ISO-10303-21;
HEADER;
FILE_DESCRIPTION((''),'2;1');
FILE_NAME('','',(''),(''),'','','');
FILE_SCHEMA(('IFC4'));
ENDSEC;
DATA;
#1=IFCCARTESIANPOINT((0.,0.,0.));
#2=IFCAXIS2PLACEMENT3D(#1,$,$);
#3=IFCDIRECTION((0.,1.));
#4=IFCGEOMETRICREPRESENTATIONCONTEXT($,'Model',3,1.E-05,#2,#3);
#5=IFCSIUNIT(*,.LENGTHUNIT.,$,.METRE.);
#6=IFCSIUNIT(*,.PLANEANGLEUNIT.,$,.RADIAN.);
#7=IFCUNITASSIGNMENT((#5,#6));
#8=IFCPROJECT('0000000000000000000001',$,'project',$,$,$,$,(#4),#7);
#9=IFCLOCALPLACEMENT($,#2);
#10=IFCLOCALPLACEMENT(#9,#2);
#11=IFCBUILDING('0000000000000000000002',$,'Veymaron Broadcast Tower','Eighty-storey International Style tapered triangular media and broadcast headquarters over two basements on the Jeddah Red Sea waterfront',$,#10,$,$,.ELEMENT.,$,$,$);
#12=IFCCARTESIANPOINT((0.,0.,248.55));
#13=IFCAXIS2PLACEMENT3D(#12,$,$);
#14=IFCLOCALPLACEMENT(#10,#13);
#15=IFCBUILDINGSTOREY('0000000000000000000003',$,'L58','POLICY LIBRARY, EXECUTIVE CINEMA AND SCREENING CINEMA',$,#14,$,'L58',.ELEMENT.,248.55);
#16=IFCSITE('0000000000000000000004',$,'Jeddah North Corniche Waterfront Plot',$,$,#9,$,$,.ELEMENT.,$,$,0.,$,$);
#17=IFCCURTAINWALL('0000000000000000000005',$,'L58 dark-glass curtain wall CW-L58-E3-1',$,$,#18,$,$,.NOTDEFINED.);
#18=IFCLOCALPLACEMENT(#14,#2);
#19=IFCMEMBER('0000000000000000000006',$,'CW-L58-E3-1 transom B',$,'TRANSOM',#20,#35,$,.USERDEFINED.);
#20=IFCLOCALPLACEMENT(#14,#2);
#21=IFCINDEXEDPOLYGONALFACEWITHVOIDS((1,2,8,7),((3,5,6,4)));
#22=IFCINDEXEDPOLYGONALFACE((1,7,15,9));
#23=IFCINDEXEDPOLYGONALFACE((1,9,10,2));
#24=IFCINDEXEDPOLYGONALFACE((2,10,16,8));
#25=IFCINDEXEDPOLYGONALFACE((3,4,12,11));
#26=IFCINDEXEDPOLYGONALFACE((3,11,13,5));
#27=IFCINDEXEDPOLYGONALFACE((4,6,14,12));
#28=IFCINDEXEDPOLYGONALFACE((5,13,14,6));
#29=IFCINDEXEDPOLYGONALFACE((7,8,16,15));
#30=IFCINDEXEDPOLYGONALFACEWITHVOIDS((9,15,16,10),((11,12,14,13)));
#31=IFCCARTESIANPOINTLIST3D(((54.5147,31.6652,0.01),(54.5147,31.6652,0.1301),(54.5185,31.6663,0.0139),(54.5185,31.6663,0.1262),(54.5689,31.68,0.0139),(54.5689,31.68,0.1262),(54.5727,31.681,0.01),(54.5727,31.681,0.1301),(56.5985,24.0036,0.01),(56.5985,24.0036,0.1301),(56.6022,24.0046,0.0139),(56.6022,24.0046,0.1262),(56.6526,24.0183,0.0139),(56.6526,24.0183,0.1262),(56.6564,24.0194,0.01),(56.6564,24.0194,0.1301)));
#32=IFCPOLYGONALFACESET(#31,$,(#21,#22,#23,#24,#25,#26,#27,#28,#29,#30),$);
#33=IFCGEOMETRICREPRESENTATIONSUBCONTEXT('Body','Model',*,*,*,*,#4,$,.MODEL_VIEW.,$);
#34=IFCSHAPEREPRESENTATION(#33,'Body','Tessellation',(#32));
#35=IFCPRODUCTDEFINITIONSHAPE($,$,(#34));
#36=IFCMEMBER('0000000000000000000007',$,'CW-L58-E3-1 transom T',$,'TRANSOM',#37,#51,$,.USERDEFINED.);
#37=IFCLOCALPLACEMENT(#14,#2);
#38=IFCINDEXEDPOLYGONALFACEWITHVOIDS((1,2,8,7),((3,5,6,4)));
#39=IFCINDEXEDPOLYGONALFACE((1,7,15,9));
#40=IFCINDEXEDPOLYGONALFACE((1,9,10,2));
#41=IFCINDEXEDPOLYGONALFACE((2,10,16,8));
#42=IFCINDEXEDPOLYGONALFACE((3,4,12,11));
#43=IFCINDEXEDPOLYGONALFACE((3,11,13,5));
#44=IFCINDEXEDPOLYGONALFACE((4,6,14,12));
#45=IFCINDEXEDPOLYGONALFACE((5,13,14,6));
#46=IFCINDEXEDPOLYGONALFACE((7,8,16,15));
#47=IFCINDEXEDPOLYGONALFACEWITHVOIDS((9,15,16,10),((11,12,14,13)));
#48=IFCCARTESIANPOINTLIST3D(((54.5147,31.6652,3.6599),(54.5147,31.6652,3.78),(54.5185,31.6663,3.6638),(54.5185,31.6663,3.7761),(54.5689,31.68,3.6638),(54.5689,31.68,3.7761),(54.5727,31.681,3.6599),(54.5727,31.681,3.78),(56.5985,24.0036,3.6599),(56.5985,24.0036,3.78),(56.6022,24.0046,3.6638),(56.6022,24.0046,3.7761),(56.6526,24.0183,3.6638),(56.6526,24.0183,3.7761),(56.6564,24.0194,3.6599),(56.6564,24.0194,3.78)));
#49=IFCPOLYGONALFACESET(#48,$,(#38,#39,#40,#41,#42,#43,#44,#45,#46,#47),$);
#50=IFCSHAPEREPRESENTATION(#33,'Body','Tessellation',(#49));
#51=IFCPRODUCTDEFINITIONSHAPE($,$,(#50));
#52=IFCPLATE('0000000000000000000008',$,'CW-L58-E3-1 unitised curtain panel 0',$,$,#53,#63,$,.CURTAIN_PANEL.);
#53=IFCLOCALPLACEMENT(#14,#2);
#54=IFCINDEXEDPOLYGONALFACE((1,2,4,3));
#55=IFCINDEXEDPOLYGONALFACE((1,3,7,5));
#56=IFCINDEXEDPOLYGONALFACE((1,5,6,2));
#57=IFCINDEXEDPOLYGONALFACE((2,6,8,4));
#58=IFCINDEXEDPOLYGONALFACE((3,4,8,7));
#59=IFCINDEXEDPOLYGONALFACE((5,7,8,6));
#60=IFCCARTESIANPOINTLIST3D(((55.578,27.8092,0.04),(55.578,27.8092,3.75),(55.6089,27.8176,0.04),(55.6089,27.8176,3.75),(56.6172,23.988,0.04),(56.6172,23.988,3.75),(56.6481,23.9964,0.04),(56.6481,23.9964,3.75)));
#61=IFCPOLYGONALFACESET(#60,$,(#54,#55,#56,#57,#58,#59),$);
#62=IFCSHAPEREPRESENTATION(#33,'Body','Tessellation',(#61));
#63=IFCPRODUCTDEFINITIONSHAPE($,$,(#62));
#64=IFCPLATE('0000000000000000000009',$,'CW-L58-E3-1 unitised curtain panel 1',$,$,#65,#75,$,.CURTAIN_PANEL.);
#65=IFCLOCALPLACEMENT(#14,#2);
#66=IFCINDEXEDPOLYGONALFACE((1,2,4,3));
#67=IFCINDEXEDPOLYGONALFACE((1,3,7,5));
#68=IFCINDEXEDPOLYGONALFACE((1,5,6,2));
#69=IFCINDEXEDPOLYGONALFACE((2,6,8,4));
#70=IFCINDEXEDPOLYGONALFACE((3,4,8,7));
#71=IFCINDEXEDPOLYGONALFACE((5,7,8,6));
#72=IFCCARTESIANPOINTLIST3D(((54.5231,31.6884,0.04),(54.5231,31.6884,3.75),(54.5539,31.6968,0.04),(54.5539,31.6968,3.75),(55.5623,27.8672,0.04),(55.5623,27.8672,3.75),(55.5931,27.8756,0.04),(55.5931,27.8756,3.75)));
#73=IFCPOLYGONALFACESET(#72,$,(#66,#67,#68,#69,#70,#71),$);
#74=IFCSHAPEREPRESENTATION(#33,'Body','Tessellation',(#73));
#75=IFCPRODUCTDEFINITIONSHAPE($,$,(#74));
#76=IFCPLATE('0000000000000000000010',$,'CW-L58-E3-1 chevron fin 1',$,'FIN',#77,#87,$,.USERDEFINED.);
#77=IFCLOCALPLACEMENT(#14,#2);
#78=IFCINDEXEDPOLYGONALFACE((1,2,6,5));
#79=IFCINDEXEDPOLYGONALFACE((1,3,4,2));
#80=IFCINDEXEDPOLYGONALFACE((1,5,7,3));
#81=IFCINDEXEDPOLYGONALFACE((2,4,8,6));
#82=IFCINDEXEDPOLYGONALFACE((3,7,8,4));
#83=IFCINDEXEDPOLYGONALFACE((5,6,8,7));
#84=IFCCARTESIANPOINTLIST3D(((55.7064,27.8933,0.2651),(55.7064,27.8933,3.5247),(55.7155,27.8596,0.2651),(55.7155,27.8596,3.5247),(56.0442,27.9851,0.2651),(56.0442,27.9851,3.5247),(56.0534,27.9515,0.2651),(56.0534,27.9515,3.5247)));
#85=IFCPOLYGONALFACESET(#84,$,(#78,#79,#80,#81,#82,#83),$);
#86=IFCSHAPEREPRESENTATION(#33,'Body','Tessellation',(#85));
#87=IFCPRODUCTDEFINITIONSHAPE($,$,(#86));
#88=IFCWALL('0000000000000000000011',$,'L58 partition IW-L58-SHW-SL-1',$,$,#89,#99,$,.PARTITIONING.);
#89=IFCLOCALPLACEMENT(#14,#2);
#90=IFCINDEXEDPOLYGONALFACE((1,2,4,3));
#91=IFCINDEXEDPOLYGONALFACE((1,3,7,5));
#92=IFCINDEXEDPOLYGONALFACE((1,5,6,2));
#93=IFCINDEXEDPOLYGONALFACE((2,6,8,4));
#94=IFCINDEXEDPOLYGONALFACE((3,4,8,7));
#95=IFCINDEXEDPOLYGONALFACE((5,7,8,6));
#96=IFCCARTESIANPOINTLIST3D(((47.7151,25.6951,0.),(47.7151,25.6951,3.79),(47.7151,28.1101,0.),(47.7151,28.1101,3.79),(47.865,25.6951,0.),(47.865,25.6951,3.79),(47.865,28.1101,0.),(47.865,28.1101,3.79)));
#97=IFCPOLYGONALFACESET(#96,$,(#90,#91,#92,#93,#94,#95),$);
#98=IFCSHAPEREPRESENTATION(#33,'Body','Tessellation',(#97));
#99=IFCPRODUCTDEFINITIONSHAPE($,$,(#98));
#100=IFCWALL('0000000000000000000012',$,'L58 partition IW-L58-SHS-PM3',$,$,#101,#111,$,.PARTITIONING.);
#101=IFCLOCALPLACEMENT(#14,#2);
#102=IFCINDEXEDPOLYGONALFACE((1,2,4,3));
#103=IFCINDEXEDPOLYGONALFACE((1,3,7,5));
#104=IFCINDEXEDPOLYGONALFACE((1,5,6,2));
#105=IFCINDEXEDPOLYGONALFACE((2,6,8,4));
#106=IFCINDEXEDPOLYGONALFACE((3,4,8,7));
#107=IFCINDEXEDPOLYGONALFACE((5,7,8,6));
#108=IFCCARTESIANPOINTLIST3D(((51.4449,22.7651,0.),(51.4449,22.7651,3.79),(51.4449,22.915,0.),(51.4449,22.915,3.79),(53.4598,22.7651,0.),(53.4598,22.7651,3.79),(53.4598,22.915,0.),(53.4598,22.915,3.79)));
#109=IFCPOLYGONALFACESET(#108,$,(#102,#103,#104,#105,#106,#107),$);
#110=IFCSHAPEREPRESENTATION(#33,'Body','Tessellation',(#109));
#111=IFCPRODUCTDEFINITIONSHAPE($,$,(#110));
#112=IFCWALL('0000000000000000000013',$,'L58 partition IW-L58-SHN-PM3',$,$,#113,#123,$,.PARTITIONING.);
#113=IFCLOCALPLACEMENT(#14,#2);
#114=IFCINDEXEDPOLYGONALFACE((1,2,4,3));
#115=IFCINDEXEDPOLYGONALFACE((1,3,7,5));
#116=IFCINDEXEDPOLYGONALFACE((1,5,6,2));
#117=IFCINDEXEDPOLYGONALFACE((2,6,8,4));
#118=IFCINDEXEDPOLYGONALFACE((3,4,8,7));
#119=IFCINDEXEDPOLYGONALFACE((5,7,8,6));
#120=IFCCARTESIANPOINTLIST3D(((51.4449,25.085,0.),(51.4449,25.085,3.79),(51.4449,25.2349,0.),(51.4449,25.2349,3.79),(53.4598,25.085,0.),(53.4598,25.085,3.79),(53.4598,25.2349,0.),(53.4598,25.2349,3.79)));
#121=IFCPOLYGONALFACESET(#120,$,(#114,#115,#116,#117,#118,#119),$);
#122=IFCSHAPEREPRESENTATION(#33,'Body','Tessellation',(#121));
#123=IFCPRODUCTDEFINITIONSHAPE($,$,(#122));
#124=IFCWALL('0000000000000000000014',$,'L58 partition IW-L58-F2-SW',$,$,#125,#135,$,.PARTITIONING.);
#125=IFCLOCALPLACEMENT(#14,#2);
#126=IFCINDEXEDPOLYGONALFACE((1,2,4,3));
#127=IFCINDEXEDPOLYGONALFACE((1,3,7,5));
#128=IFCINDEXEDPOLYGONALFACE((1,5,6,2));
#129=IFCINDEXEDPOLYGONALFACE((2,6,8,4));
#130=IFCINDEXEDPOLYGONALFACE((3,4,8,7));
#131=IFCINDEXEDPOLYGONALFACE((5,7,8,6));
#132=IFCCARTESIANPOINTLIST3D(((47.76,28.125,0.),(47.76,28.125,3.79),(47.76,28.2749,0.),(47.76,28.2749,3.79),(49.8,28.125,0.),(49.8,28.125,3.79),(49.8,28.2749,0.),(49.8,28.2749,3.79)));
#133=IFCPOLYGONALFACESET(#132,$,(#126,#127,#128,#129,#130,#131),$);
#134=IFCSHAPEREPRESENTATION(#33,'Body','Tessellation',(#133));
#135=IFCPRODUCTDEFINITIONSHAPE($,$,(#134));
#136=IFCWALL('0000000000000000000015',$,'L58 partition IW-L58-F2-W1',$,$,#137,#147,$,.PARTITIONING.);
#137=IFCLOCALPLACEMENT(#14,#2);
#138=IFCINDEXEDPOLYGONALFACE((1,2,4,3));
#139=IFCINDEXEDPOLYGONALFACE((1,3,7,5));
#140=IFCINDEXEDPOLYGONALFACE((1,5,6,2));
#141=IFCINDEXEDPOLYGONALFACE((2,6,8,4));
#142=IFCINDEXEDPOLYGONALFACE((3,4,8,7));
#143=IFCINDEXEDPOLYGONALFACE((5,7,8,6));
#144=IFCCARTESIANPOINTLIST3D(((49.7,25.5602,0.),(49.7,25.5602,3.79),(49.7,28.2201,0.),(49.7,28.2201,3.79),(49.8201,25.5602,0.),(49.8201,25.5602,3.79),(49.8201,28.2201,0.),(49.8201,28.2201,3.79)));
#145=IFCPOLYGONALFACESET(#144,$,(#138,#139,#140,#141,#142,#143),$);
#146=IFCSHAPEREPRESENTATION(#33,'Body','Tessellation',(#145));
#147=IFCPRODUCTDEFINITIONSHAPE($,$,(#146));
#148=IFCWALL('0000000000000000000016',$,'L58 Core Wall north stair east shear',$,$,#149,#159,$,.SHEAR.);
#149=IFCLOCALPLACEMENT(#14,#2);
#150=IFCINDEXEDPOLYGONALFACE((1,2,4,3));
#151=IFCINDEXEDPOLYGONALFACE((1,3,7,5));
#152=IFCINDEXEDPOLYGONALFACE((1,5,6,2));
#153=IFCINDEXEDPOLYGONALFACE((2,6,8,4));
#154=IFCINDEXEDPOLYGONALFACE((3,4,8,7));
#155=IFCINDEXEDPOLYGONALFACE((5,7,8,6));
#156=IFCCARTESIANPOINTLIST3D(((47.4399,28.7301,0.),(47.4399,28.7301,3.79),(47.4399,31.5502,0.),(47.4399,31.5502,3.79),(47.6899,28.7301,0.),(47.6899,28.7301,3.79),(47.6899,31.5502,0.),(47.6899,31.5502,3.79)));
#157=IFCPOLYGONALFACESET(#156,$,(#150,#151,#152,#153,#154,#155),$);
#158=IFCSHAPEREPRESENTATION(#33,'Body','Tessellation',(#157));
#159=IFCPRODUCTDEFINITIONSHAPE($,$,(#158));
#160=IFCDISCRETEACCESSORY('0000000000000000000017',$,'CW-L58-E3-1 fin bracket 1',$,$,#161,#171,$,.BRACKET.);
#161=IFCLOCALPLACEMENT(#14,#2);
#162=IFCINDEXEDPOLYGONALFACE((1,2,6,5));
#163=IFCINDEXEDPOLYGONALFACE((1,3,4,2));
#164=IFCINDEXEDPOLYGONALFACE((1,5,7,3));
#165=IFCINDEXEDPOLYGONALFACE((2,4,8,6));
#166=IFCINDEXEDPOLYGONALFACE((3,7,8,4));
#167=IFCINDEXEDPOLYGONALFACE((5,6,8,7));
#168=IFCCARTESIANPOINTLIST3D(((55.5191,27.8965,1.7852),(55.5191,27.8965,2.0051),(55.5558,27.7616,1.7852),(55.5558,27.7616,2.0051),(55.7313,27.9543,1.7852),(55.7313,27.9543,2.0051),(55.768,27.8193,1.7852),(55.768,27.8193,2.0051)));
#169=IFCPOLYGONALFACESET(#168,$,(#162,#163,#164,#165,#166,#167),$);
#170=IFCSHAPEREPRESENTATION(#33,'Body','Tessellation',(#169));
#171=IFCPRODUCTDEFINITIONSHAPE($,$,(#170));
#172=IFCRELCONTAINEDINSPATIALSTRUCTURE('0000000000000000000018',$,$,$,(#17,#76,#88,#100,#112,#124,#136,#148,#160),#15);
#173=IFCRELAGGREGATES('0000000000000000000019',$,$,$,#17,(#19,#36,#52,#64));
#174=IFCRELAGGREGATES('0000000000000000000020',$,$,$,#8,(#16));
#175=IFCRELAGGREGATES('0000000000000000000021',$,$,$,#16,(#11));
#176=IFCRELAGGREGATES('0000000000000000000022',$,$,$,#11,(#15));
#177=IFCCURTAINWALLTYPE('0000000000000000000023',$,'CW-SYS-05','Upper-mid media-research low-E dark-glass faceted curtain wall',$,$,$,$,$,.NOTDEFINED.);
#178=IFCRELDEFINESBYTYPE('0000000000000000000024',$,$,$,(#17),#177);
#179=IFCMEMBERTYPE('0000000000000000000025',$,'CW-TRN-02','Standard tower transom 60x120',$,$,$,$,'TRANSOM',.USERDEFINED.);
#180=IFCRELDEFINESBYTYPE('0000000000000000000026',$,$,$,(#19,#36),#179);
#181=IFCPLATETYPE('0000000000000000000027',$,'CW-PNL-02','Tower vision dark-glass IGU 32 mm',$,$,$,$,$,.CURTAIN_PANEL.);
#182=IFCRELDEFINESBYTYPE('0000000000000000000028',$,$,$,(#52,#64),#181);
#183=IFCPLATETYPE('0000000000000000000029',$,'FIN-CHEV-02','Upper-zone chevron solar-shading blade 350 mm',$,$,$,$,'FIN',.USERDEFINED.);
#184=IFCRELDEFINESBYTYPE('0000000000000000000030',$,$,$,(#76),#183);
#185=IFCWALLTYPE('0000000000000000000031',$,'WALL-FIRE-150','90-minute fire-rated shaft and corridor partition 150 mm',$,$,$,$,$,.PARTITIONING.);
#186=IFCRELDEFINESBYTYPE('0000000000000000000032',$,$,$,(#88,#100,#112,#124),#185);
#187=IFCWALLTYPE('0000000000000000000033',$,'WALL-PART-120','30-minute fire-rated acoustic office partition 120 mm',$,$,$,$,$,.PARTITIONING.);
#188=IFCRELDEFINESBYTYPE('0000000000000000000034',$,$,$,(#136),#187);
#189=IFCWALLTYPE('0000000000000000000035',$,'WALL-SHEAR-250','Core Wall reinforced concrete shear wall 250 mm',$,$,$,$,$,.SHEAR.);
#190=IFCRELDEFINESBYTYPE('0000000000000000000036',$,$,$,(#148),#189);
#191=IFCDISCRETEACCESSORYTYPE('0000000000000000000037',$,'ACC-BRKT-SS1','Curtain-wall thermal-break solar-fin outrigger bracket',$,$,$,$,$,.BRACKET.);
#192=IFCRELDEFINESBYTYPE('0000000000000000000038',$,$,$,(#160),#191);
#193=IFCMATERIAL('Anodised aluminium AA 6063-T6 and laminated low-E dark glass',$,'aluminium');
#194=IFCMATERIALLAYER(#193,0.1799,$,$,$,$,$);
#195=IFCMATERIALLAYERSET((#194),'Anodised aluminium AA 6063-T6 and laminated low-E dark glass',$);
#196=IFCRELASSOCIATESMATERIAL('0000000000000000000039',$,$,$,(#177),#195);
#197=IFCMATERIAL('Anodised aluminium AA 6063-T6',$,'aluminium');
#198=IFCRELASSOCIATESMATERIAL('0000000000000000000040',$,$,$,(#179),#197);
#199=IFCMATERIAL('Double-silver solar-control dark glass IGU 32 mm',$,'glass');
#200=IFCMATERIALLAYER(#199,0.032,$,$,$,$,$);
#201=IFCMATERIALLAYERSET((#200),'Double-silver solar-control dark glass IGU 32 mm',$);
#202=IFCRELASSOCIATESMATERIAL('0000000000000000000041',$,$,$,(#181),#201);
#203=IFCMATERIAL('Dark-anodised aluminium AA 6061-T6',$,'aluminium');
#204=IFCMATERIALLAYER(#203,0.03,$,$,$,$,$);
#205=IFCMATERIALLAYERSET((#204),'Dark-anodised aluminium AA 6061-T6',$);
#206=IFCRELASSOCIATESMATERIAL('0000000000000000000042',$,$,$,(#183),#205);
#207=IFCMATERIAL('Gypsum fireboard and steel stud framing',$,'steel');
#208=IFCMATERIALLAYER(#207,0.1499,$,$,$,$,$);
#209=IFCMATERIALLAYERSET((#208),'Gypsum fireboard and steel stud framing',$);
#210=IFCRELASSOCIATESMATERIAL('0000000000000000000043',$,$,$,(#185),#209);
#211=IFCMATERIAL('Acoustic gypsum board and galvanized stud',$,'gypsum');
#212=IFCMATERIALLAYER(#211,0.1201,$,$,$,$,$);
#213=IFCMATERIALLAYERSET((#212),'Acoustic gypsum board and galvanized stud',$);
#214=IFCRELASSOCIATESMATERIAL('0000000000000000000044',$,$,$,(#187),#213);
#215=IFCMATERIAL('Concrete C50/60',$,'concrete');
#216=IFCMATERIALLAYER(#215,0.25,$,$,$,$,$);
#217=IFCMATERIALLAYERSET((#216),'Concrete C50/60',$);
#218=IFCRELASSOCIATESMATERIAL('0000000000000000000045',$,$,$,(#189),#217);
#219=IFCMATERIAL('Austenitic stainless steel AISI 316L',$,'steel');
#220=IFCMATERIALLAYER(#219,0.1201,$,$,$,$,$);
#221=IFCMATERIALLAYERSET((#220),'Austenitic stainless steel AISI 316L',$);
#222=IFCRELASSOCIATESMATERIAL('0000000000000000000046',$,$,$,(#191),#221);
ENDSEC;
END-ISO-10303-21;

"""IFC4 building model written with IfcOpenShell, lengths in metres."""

from ifc_helpers import new_model, si_unit, direction, frame, frame_2d, origin, origin_2d, place, context, subcontext, project, spatial, rectangle, hollow_rectangle, extrude, material, layer, layer_set, material_profile, profile_set, type_object, element, aggregate, save


model = new_model("IFC4")

# Units and contexts
model_context = context("Model", 3, precision=1e-05, world=origin(), true_north=direction((0.0, 1.0)))
body_context = subcontext(model_context, "Body", "Model", "MODEL_VIEW")
ifc_project = project(units=[si_unit("LENGTHUNIT", "METRE"), si_unit("PLANEANGLEUNIT", "RADIAN")], contexts=[model_context])

# Site, building, storey
site_placement = place(None, origin())
site = spatial("IfcSite", under=ifc_project, at=site_placement, Name="Jeddah North Corniche Waterfront Plot", CompositionType="ELEMENT", RefElevation=0.0)
building_placement = place(site_placement, origin())
building = spatial("IfcBuilding", under=site, at=building_placement, Name="Veymaron Broadcast Tower", Description="Eighty-storey International Style tapered triangular media and broadcast headquarters over two basements on the Jeddah Red Sea waterfront", CompositionType="ELEMENT")
storey_placement = place(building_placement, frame((0.0, 0.0, 248.55)))
storey = spatial("IfcBuildingStorey", under=building, at=storey_placement, Name="L58", Description="POLICY LIBRARY, EXECUTIVE CINEMA AND SCREENING CINEMA", LongName="L58", CompositionType="ELEMENT", Elevation=248.55)

# Shared definitions
ifc_material_1 = material(Name="Anodised aluminium AA 6063-T6 and laminated low-E dark glass", Category="aluminium")
ifc_layer_1 = layer(ifc_material_1, 0.1799)
ifc_layer_set_1 = layer_set([ifc_layer_1], Name="Anodised aluminium AA 6063-T6 and laminated low-E dark glass")
curtain_wall_type = type_object("IfcCurtainWallType", Name="CW-SYS-05", Description="Upper-mid media-research low-E dark-glass faceted curtain wall", PredefinedType="NOTDEFINED", material=ifc_layer_set_1)
ifc_material_2 = material(Name="Anodised aluminium AA 6063-T6", Category="aluminium")

# Curtain wall
curtain_wall_1_placement = place(storey_placement, origin())
curtain_wall_1 = element("IfcCurtainWall", 1, at=curtain_wall_1_placement, inside=storey, type_object=curtain_wall_type, Name="L58 dark-glass curtain wall CW-L58-E3-1", PredefinedType="NOTDEFINED")

# Members
ifc_material_profile_1 = material_profile(ifc_material_2, hollow_rectangle(XDim=0.0601, YDim=0.1201, WallThickness=0.0039, at=origin_2d()), Name="AL120X60X4")
ifc_profile_set_1 = profile_set([ifc_material_profile_1], Name="Anodised aluminium AA 6063-T6")
member_type_1 = type_object("IfcMemberType", Name="CW-TRN-02", Description="Standard tower transom 60x120", ElementType="TRANSOM", PredefinedType="USERDEFINED", material=ifc_profile_set_1)
member_1_placement = place(storey_placement, frame((56.6274, 24.0115, 0.0701), z_axis=(-0.262438, 0.964949, 0.0), x_axis=(-0.964949, -0.262438, 0.0)))
member_1 = element("IfcMember", 2, at=member_1_placement, type_object=member_type_1, Name="CW-L58-E3-1 transom B", ObjectType="TRANSOM", PredefinedType="USERDEFINED", context=body_context, shape_type="SweptSolid", body=[
    extrude(hollow_rectangle(XDim=0.0601, YDim=0.1201, WallThickness=0.0039, at=origin_2d()), origin(), (0.0, 0.0, 1.0), 7.9399),
])
member_2_placement = place(storey_placement, frame((56.6274, 24.0115, 3.72), z_axis=(-0.262438, 0.964949, 0.0), x_axis=(-0.964949, -0.262438, 0.0)))
member_2 = element("IfcMember", 3, at=member_2_placement, type_object=member_type_1, Name="CW-L58-E3-1 transom T", ObjectType="TRANSOM", PredefinedType="USERDEFINED", context=body_context, shape_type="SweptSolid", body=[
    extrude(hollow_rectangle(XDim=0.0601, YDim=0.1201, WallThickness=0.0039, at=origin_2d()), origin(), (0.0, 0.0, 1.0), 7.9399),
])

# Plates
ifc_material_3 = material(Name="Double-silver solar-control dark glass IGU 32 mm", Category="glass")
ifc_layer_2 = layer(ifc_material_3, 0.032)
ifc_layer_set_2 = layer_set([ifc_layer_2], Name="Double-silver solar-control dark glass IGU 32 mm")
plate_type_1 = type_object("IfcPlateType", Name="CW-PNL-02", Description="Tower vision dark-glass IGU 32 mm", PredefinedType="CURTAIN_PANEL", material=ifc_layer_set_2)
plate_1_placement = place(storey_placement, frame((56.113, 25.9028, 0.04), z_axis=(0.0, 0.0, 1.0), x_axis=(-0.262425, 0.964952, 0.0)))
plate_1 = element("IfcPlate", 4, at=plate_1_placement, type_object=plate_type_1, Name="CW-L58-E3-1 unitised curtain panel 0", PredefinedType="CURTAIN_PANEL", context=body_context, shape_type="SweptSolid", body=[
    extrude(rectangle(XDim=3.96, YDim=0.032, at=origin_2d()), origin(), (0.0, 0.0, 1.0), 3.71),
])
plate_2_placement = place(storey_placement, frame((55.0581, 29.782, 0.04), z_axis=(0.0, 0.0, 1.0), x_axis=(-0.262425, 0.964952, 0.0)))
plate_2 = element("IfcPlate", 5, at=plate_2_placement, type_object=plate_type_1, Name="CW-L58-E3-1 unitised curtain panel 1", PredefinedType="CURTAIN_PANEL", context=body_context, shape_type="SweptSolid", body=[
    extrude(rectangle(XDim=3.96, YDim=0.032, at=origin_2d()), origin(), (0.0, 0.0, 1.0), 3.71),
])
aggregate(curtain_wall_1, [member_1, member_2, plate_1, plate_2])
ifc_material_4 = material(Name="Dark-anodised aluminium AA 6061-T6", Category="aluminium")
ifc_layer_3 = layer(ifc_material_4, 0.03)
ifc_layer_set_3 = layer_set([ifc_layer_3], Name="Dark-anodised aluminium AA 6061-T6")
plate_type_2 = type_object("IfcPlateType", Name="FIN-CHEV-02", Description="Upper-zone chevron solar-shading blade 350 mm", ElementType="FIN", PredefinedType="USERDEFINED", material=ifc_layer_set_3)
plate_3_placement = place(storey_placement, frame((55.8799, 27.9224, 0.2651), z_axis=(0.0, 0.0, 1.0), x_axis=(0.964952, 0.262425, 0.0)))
element("IfcPlate", 6, at=plate_3_placement, inside=storey, type_object=plate_type_2, Name="CW-L58-E3-1 chevron fin 1", ObjectType="FIN", PredefinedType="USERDEFINED", context=body_context, shape_type="SweptSolid", body=[
    extrude(rectangle(XDim=0.3501, YDim=0.0349, at=origin_2d()), origin(), (0.0, 0.0, 1.0), 3.2595),
])

# Shared definitions
ifc_material_5 = material(Name="Gypsum fireboard and steel stud framing", Category="steel")
ifc_layer_4 = layer(ifc_material_5, 0.1499)
ifc_layer_set_4 = layer_set([ifc_layer_4], Name="Gypsum fireboard and steel stud framing")
wall_type_1 = type_object("IfcWallType", Name="WALL-FIRE-150", Description="90-minute fire-rated shaft and corridor partition 150 mm", PredefinedType="PARTITIONING", material=ifc_layer_set_4)

# Walls
wall_1_placement = place(storey_placement, frame((47.79, 25.6951, 0.0), z_axis=(0.0, 0.0, 1.0), x_axis=(0.0, 1.0, 0.0)))
element("IfcWall", 7, at=wall_1_placement, inside=storey, type_object=wall_type_1, Name="L58 partition IW-L58-SHW-SL-1", PredefinedType="PARTITIONING", context=body_context, shape_type="SweptSolid", body=[
    extrude(rectangle(XDim=2.415, YDim=0.1499, at=frame_2d((1.2075, 0.0))), origin(), (0.0, 0.0, 1.0), 3.79),
])
for number, where, z_axis, x_axis, name in (
    (8, (51.4451, 22.8401, 0.0), (0.0, 0.0, 1.0), (1.0, 0.0, 0.0), "L58 partition IW-L58-SHS-PM3"),
    (9, (51.4451, 25.1599, 0.0), (0.0, 0.0, 1.0), (1.0, 0.0, 0.0), "L58 partition IW-L58-SHN-PM3"),
):
    element("IfcWall", number, at=place(storey_placement, frame(where, z_axis=z_axis, x_axis=x_axis)), inside=storey, type_object=wall_type_1, Name=name, PredefinedType="PARTITIONING", context=body_context, shape_type="SweptSolid", body=[
        extrude(rectangle(XDim=2.0149, YDim=0.1499, at=frame_2d((1.0073, 0.0))), origin(), (0.0, 0.0, 1.0), 3.79),
    ])
wall_2_placement = place(storey_placement, frame((47.76, 28.2, 0.0), z_axis=(0.0, 0.0, 1.0), x_axis=(1.0, 0.0, 0.0)))
element("IfcWall", 10, at=wall_2_placement, inside=storey, type_object=wall_type_1, Name="L58 partition IW-L58-F2-SW", PredefinedType="PARTITIONING", context=body_context, shape_type="SweptSolid", body=[
    extrude(rectangle(XDim=2.04, YDim=0.1499, at=frame_2d((1.02, 0.0))), origin(), (0.0, 0.0, 1.0), 3.79),
])
ifc_material_6 = material(Name="Acoustic gypsum board and galvanized stud", Category="gypsum")
ifc_layer_5 = layer(ifc_material_6, 0.1201)
ifc_layer_set_5 = layer_set([ifc_layer_5], Name="Acoustic gypsum board and galvanized stud")
wall_type_2 = type_object("IfcWallType", Name="WALL-PART-120", Description="30-minute fire-rated acoustic office partition 120 mm", PredefinedType="PARTITIONING", material=ifc_layer_set_5)
wall_3_placement = place(storey_placement, frame((49.76, 25.5601, 0.0), z_axis=(0.0, 0.0, 1.0), x_axis=(0.0, 1.0, 0.0)))
element("IfcWall", 11, at=wall_3_placement, inside=storey, type_object=wall_type_2, Name="L58 partition IW-L58-F2-W1", PredefinedType="PARTITIONING", context=body_context, shape_type="SweptSolid", body=[
    extrude(rectangle(XDim=2.6599, YDim=0.1201, at=frame_2d((1.3301, 0.0))), origin(), (0.0, 0.0, 1.0), 3.79),
])

# Wall
ifc_material_7 = material(Name="Concrete C50/60", Category="concrete")
ifc_layer_6 = layer(ifc_material_7, 0.25)
ifc_layer_set_6 = layer_set([ifc_layer_6], Name="Concrete C50/60")
wall_type_3 = type_object("IfcWallType", Name="WALL-SHEAR-250", Description="Core Wall reinforced concrete shear wall 250 mm", PredefinedType="SHEAR", material=ifc_layer_set_6)
wall_4_placement = place(storey_placement, frame((47.5649, 28.73, 0.0), z_axis=(0.0, 0.0, 1.0), x_axis=(0.0, 1.0, 0.0)))
element("IfcWall", 12, at=wall_4_placement, inside=storey, type_object=wall_type_3, Name="L58 Core Wall north stair east shear", PredefinedType="SHEAR", context=body_context, shape_type="SweptSolid", body=[
    extrude(rectangle(XDim=2.8201, YDim=0.25, at=frame_2d((1.4102, 0.0))), origin(), (0.0, 0.0, 1.0), 3.79),
])

# Discrete accessory
ifc_material_8 = material(Name="Austenitic stainless steel AISI 316L", Category="steel")
ifc_layer_7 = layer(ifc_material_8, 0.1201)
ifc_layer_set_7 = layer_set([ifc_layer_7], Name="Austenitic stainless steel AISI 316L")
discrete_accessory_type = type_object("IfcDiscreteAccessoryType", Name="ACC-BRKT-SS1", Description="Curtain-wall thermal-break solar-fin outrigger bracket", PredefinedType="BRACKET", material=ifc_layer_set_7)
discrete_accessory_placement = place(storey_placement, frame((55.6436, 27.8579, 1.7852), z_axis=(0.0, 0.0, 1.0), x_axis=(0.964952, 0.262425, 0.0)))
element("IfcDiscreteAccessory", 13, at=discrete_accessory_placement, inside=storey, type_object=discrete_accessory_type, Name="CW-L58-E3-1 fin bracket 1", PredefinedType="BRACKET", context=body_context, shape_type="SweptSolid", body=[
    extrude(rectangle(XDim=0.22, YDim=0.1399, at=origin_2d()), origin(), (0.0, 0.0, 1.0), 0.22),
])

save(model, "model.ifc")
